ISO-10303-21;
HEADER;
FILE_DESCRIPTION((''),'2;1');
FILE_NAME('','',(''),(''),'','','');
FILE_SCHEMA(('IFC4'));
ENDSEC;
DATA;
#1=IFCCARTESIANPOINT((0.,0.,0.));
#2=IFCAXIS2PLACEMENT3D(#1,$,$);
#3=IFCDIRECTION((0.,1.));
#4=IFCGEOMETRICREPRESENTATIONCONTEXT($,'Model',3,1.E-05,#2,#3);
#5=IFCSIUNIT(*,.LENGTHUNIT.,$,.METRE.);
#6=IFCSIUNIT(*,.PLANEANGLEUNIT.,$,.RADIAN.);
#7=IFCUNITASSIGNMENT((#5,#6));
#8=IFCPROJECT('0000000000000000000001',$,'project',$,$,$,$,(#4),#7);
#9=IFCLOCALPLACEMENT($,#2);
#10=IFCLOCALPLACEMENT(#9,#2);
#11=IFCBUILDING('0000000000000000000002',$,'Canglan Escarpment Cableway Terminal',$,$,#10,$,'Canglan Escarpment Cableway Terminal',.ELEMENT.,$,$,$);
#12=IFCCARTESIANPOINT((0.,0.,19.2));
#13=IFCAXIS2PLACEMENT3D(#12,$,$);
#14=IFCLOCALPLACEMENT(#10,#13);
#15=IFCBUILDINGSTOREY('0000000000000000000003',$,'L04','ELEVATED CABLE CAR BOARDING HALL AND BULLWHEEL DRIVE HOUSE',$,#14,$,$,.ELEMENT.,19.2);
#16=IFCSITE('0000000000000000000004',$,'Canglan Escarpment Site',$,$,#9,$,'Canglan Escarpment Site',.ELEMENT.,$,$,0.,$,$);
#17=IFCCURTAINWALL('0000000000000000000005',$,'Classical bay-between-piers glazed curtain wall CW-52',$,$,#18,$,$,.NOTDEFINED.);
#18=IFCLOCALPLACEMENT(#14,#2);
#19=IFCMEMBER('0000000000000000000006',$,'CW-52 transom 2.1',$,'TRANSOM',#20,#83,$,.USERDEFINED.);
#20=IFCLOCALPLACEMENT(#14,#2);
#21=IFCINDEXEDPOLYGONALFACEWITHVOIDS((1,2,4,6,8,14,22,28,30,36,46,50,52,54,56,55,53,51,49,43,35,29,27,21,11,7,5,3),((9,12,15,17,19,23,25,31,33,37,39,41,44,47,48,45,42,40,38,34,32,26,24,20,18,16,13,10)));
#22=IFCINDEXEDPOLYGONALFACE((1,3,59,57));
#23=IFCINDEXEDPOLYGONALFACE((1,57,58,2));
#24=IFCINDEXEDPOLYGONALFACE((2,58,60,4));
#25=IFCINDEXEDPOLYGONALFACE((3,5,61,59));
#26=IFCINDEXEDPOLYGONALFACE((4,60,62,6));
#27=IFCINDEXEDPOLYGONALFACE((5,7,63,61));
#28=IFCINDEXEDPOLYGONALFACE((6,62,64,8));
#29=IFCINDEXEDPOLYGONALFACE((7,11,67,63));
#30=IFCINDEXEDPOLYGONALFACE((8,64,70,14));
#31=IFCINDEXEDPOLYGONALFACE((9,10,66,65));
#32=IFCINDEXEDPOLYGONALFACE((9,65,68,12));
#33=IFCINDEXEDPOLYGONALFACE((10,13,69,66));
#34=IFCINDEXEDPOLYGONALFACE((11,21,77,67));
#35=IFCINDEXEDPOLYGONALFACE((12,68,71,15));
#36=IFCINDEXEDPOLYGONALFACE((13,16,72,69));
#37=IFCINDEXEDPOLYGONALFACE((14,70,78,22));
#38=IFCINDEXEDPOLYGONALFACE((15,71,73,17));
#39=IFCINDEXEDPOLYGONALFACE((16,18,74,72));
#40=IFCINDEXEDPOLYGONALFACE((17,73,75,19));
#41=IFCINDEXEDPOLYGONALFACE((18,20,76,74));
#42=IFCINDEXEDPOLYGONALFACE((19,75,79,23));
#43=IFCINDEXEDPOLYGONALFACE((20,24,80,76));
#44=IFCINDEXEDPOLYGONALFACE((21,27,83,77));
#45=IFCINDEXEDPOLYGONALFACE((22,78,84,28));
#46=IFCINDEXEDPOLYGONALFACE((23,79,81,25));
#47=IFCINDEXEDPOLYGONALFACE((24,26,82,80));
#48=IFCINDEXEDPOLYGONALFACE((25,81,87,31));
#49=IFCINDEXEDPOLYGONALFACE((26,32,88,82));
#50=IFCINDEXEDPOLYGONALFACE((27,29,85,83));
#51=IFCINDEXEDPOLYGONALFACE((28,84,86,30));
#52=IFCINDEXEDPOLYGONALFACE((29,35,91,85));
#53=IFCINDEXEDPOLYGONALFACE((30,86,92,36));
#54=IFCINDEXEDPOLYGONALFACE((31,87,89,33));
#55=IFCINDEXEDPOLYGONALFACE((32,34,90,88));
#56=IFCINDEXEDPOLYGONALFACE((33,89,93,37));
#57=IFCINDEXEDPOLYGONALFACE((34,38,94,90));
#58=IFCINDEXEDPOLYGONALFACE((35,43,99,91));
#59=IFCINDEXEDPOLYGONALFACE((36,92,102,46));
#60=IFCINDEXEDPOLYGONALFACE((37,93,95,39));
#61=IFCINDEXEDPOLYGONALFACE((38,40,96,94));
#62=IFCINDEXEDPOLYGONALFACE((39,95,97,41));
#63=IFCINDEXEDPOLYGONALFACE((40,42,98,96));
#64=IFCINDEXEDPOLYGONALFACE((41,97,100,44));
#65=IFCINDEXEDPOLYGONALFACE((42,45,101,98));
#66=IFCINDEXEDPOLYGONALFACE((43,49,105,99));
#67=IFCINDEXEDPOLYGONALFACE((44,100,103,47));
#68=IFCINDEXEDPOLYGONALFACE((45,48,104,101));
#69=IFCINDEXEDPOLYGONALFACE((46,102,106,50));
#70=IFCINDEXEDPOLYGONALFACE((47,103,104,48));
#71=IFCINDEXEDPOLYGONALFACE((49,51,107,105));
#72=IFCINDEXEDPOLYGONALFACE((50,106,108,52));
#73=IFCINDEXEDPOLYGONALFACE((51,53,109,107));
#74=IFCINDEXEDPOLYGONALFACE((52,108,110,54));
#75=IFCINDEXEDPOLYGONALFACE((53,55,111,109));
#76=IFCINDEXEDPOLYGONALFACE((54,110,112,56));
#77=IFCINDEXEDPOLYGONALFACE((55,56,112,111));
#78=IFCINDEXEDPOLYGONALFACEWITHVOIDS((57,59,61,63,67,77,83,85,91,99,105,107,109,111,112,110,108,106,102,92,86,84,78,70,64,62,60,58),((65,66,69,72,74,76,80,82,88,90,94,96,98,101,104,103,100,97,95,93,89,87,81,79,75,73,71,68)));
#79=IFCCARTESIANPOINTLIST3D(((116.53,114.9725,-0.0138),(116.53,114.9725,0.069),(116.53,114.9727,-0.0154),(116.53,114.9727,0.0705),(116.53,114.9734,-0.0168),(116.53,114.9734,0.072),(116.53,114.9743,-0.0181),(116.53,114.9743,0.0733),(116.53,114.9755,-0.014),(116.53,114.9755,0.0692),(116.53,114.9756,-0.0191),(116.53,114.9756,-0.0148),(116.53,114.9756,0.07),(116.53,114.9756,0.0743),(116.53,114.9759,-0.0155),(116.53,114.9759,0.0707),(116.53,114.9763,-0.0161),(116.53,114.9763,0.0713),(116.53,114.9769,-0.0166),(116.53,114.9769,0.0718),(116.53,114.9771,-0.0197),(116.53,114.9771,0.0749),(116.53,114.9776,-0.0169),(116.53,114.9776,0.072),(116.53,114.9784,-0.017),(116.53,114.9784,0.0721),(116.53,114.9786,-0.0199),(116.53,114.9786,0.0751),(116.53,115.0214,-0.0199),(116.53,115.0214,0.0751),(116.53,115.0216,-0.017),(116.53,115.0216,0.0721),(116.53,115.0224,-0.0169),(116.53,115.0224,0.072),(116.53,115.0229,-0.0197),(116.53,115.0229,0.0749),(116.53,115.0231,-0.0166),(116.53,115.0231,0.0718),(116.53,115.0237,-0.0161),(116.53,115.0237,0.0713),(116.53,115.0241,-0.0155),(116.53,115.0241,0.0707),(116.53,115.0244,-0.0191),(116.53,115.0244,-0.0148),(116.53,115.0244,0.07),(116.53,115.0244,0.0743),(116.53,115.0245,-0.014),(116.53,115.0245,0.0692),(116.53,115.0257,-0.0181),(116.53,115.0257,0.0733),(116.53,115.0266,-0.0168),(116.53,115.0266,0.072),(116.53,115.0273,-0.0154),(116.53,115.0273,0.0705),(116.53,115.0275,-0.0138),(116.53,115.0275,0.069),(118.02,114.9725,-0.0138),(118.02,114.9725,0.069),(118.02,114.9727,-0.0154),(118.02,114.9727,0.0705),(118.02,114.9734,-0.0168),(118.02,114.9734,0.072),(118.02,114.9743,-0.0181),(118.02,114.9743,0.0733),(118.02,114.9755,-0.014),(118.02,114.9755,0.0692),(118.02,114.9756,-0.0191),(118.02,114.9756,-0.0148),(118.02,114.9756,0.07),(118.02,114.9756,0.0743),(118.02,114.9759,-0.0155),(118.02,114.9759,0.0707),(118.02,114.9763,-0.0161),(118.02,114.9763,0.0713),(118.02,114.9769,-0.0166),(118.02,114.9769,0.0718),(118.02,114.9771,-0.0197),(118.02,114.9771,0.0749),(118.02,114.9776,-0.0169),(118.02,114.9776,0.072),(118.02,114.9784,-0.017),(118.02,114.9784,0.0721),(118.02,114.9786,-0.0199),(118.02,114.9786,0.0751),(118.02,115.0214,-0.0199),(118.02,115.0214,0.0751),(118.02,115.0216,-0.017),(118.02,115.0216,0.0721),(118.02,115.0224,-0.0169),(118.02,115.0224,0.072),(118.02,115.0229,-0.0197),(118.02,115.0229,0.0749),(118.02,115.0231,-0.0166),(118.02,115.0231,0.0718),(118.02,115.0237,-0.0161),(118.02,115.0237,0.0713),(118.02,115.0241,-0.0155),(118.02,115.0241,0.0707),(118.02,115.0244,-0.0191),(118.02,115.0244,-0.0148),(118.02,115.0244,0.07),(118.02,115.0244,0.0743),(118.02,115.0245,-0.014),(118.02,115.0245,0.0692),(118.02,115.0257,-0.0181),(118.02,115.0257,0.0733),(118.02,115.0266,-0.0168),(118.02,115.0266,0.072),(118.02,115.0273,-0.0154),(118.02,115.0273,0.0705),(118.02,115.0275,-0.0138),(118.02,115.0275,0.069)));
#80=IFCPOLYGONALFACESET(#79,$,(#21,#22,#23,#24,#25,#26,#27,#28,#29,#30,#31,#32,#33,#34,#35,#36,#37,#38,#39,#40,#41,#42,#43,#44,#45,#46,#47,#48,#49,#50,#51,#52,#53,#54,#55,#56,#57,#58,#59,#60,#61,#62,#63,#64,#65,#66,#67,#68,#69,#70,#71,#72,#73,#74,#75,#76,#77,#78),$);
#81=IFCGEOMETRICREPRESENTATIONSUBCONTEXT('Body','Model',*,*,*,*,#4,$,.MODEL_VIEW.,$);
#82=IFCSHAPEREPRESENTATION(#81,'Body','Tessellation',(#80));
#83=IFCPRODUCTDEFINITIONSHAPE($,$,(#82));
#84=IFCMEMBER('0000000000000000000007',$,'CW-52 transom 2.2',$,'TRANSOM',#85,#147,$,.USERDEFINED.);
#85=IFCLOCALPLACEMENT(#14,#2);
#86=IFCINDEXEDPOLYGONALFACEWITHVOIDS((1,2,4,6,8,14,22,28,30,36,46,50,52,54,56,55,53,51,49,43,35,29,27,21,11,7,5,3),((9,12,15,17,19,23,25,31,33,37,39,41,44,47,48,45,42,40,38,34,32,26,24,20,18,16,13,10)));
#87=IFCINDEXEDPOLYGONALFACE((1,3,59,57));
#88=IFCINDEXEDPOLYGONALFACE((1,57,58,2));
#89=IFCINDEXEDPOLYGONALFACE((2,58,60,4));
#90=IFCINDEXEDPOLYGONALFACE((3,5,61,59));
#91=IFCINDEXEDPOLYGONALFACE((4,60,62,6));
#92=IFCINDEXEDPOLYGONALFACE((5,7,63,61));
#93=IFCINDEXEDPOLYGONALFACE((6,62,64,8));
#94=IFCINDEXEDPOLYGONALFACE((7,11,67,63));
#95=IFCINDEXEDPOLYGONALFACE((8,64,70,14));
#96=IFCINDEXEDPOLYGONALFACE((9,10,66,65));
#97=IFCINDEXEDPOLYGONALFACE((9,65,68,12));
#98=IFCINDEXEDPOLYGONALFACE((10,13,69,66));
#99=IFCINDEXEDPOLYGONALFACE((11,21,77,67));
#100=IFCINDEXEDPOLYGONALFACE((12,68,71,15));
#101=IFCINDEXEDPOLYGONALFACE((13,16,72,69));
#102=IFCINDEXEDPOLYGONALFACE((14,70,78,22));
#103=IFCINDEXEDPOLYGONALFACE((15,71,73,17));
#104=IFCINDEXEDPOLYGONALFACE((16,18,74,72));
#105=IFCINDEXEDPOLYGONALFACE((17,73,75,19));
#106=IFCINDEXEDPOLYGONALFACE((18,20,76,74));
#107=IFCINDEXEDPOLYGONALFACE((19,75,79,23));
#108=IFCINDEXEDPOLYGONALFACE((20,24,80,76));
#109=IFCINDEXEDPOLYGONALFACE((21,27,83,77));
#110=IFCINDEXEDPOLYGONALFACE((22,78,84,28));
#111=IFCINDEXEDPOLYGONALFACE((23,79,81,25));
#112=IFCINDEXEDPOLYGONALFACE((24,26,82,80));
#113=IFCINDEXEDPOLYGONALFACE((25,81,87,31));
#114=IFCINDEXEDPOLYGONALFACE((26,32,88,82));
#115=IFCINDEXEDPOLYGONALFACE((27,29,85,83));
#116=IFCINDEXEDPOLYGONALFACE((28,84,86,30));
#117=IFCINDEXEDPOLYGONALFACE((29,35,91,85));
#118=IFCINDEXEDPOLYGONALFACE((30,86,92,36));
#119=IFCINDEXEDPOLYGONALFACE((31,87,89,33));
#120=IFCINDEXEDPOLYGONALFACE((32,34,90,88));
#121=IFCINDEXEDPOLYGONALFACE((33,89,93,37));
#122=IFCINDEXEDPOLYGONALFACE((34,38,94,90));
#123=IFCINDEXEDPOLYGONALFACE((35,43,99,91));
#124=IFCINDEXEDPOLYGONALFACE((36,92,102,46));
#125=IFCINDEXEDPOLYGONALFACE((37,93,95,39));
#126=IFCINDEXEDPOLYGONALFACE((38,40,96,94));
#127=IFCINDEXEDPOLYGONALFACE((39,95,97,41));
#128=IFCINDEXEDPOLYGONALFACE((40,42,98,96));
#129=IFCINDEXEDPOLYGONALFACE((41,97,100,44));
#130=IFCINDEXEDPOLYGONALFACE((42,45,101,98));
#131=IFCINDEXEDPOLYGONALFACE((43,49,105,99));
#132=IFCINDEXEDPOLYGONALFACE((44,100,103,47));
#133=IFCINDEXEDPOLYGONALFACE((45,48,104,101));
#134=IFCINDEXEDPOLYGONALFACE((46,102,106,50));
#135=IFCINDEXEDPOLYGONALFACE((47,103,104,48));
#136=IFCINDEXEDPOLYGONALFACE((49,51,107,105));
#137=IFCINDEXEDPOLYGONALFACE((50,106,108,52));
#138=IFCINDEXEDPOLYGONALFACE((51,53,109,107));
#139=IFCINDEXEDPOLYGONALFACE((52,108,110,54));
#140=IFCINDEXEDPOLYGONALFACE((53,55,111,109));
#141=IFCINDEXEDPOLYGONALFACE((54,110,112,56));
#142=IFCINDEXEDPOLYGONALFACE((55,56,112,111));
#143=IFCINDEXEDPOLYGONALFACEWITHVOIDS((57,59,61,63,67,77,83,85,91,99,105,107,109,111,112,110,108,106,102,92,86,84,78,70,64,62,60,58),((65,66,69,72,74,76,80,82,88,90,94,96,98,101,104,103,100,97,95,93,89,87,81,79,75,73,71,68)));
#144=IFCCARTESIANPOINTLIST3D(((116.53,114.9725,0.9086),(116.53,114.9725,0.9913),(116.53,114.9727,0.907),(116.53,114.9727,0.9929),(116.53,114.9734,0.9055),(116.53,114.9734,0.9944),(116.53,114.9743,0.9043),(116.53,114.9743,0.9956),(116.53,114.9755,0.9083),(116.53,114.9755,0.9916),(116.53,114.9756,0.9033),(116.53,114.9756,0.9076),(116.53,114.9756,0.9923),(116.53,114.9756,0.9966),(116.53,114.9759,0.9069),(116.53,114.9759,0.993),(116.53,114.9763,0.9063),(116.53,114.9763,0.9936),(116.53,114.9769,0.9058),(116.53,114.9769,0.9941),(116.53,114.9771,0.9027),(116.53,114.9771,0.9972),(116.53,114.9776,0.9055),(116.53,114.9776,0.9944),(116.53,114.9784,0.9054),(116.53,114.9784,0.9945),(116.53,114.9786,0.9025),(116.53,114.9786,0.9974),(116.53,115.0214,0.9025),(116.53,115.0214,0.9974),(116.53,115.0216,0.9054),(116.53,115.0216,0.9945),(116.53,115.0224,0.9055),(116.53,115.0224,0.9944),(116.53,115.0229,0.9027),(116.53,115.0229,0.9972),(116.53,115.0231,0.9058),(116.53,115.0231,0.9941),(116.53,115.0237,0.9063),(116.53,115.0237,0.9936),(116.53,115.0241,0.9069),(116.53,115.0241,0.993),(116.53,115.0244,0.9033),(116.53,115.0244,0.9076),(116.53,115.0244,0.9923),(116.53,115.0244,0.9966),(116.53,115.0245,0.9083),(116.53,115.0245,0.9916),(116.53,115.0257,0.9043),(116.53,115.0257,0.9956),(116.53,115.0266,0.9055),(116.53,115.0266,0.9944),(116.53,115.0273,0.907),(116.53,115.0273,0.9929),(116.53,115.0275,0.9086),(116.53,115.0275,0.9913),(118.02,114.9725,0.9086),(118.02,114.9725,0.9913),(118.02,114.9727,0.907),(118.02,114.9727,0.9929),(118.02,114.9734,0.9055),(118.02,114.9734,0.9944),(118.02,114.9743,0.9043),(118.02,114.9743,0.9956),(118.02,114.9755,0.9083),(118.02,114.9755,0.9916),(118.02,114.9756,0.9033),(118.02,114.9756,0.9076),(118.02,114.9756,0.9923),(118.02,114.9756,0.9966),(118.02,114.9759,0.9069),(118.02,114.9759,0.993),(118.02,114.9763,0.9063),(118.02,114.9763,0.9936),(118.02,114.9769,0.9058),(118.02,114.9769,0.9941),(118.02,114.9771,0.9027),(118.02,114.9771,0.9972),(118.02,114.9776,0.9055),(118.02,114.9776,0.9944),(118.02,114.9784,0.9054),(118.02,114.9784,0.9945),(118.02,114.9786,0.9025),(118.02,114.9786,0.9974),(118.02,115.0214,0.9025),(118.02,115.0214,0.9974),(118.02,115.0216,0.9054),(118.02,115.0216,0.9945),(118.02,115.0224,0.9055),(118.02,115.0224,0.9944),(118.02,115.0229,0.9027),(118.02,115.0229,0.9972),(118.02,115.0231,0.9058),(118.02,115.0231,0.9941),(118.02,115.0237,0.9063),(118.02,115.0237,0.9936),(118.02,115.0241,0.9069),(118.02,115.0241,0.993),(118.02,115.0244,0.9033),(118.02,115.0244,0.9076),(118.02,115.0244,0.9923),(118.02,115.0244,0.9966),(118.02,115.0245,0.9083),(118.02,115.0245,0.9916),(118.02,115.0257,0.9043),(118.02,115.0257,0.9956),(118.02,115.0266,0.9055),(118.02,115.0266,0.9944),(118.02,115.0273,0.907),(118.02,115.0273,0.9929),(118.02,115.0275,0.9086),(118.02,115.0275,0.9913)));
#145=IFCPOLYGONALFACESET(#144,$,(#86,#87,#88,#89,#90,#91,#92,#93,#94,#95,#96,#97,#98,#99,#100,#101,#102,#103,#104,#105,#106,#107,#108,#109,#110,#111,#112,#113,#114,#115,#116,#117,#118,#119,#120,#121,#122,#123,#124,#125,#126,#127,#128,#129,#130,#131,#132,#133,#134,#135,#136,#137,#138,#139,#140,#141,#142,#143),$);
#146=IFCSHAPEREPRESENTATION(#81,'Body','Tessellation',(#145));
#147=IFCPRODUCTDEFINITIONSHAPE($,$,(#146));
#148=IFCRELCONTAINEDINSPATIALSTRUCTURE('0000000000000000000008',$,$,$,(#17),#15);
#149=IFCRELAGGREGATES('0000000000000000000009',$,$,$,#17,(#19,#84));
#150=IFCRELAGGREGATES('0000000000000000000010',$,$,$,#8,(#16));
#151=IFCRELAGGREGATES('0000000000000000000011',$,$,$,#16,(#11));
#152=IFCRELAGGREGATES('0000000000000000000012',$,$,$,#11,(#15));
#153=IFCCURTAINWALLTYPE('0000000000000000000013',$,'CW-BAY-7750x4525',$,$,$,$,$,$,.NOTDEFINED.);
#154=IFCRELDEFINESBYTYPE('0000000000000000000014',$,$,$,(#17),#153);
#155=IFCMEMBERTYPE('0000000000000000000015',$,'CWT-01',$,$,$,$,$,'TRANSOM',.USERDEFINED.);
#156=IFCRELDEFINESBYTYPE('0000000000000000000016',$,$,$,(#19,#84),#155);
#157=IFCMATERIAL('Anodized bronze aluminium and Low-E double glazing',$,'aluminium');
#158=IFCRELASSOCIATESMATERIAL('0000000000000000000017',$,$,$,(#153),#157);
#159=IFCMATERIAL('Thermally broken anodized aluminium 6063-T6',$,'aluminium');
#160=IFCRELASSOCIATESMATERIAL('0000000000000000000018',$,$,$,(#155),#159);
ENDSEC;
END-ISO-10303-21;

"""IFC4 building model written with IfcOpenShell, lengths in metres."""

from ifc_helpers import new_model, si_unit, direction, frame, origin, origin_2d, place, context, subcontext, project, spatial, hollow_rectangle, extrude, material, material_profile, profile_set, type_object, element, aggregate, save


model = new_model("IFC4")

# Units and contexts
model_context = context("Model", 3, precision=1e-05, world=origin(), true_north=direction((0.0, 1.0)))
body_context = subcontext(model_context, "Body", "Model", "MODEL_VIEW")
ifc_project = project(units=[si_unit("LENGTHUNIT", "METRE"), si_unit("PLANEANGLEUNIT", "RADIAN")], contexts=[model_context])

# Site, building, storey
site_placement = place(None, origin())
site = spatial("IfcSite", under=ifc_project, at=site_placement, Name="Canglan Escarpment Site", LongName="Canglan Escarpment Site", CompositionType="ELEMENT", RefElevation=0.0)
building_placement = place(site_placement, origin())
building = spatial("IfcBuilding", under=site, at=building_placement, Name="Canglan Escarpment Cableway Terminal", LongName="Canglan Escarpment Cableway Terminal", CompositionType="ELEMENT")
storey_placement = place(building_placement, frame((0.0, 0.0, 19.2)))
storey = spatial("IfcBuildingStorey", under=building, at=storey_placement, Name="L04", Description="ELEVATED CABLE CAR BOARDING HALL AND BULLWHEEL DRIVE HOUSE", CompositionType="ELEMENT", Elevation=19.2)

# Curtain wall, members
ifc_material_1 = material(Name="Anodized bronze aluminium and Low-E double glazing", Category="aluminium")
curtain_wall_type = type_object("IfcCurtainWallType", Name="CW-BAY-7750x4525", PredefinedType="NOTDEFINED", material=ifc_material_1)
curtain_wall_placement = place(storey_placement, origin())
curtain_wall = element("IfcCurtainWall", 1, at=curtain_wall_placement, inside=storey, type_object=curtain_wall_type, Name="Classical bay-between-piers glazed curtain wall CW-52", PredefinedType="NOTDEFINED")
ifc_material_2 = material(Name="Thermally broken anodized aluminium 6063-T6", Category="aluminium")
ifc_material_profile_1 = material_profile(ifc_material_2, hollow_rectangle(XDim=0.0549, YDim=0.095, WallThickness=0.0029, InnerFilletRadius=0.0029, OuterFilletRadius=0.0061, at=origin_2d()), Name="ALU-TRAN 55x95x3")
ifc_profile_set_1 = profile_set([ifc_material_profile_1], Name="Thermally broken anodized aluminium 6063-T6")
member_type_1 = type_object("IfcMemberType", Name="CWT-01", ElementType="TRANSOM", PredefinedType="USERDEFINED", material=ifc_profile_set_1)
member_1_placement = place(storey_placement, frame((118.02, 115.0, 0.0276), z_axis=(-1.0, 0.0, 0.0), x_axis=(0.0, -1.0, 0.0)))
member_1 = element("IfcMember", 2, at=member_1_placement, type_object=member_type_1, Name="CW-52 transom 2.1", ObjectType="TRANSOM", PredefinedType="USERDEFINED", context=body_context, shape_type="SweptSolid", body=[
    extrude(hollow_rectangle(XDim=0.0549, YDim=0.095, WallThickness=0.0029, InnerFilletRadius=0.0029, OuterFilletRadius=0.0061, at=origin_2d()), origin(), (0.0, 0.0, 1.0), 1.49),
])
member_2_placement = place(storey_placement, frame((118.02, 115.0, 0.95), z_axis=(-1.0, 0.0, 0.0), x_axis=(0.0, -1.0, 0.0)))
member_2 = element("IfcMember", 3, at=member_2_placement, type_object=member_type_1, Name="CW-52 transom 2.2", ObjectType="TRANSOM", PredefinedType="USERDEFINED", context=body_context, shape_type="SweptSolid", body=[
    extrude(hollow_rectangle(XDim=0.0549, YDim=0.095, WallThickness=0.0029, InnerFilletRadius=0.0029, OuterFilletRadius=0.0061, at=origin_2d()), origin(), (0.0, 0.0, 1.0), 1.49),
])
aggregate(curtain_wall, [member_1, member_2])

save(model, "model.ifc")
